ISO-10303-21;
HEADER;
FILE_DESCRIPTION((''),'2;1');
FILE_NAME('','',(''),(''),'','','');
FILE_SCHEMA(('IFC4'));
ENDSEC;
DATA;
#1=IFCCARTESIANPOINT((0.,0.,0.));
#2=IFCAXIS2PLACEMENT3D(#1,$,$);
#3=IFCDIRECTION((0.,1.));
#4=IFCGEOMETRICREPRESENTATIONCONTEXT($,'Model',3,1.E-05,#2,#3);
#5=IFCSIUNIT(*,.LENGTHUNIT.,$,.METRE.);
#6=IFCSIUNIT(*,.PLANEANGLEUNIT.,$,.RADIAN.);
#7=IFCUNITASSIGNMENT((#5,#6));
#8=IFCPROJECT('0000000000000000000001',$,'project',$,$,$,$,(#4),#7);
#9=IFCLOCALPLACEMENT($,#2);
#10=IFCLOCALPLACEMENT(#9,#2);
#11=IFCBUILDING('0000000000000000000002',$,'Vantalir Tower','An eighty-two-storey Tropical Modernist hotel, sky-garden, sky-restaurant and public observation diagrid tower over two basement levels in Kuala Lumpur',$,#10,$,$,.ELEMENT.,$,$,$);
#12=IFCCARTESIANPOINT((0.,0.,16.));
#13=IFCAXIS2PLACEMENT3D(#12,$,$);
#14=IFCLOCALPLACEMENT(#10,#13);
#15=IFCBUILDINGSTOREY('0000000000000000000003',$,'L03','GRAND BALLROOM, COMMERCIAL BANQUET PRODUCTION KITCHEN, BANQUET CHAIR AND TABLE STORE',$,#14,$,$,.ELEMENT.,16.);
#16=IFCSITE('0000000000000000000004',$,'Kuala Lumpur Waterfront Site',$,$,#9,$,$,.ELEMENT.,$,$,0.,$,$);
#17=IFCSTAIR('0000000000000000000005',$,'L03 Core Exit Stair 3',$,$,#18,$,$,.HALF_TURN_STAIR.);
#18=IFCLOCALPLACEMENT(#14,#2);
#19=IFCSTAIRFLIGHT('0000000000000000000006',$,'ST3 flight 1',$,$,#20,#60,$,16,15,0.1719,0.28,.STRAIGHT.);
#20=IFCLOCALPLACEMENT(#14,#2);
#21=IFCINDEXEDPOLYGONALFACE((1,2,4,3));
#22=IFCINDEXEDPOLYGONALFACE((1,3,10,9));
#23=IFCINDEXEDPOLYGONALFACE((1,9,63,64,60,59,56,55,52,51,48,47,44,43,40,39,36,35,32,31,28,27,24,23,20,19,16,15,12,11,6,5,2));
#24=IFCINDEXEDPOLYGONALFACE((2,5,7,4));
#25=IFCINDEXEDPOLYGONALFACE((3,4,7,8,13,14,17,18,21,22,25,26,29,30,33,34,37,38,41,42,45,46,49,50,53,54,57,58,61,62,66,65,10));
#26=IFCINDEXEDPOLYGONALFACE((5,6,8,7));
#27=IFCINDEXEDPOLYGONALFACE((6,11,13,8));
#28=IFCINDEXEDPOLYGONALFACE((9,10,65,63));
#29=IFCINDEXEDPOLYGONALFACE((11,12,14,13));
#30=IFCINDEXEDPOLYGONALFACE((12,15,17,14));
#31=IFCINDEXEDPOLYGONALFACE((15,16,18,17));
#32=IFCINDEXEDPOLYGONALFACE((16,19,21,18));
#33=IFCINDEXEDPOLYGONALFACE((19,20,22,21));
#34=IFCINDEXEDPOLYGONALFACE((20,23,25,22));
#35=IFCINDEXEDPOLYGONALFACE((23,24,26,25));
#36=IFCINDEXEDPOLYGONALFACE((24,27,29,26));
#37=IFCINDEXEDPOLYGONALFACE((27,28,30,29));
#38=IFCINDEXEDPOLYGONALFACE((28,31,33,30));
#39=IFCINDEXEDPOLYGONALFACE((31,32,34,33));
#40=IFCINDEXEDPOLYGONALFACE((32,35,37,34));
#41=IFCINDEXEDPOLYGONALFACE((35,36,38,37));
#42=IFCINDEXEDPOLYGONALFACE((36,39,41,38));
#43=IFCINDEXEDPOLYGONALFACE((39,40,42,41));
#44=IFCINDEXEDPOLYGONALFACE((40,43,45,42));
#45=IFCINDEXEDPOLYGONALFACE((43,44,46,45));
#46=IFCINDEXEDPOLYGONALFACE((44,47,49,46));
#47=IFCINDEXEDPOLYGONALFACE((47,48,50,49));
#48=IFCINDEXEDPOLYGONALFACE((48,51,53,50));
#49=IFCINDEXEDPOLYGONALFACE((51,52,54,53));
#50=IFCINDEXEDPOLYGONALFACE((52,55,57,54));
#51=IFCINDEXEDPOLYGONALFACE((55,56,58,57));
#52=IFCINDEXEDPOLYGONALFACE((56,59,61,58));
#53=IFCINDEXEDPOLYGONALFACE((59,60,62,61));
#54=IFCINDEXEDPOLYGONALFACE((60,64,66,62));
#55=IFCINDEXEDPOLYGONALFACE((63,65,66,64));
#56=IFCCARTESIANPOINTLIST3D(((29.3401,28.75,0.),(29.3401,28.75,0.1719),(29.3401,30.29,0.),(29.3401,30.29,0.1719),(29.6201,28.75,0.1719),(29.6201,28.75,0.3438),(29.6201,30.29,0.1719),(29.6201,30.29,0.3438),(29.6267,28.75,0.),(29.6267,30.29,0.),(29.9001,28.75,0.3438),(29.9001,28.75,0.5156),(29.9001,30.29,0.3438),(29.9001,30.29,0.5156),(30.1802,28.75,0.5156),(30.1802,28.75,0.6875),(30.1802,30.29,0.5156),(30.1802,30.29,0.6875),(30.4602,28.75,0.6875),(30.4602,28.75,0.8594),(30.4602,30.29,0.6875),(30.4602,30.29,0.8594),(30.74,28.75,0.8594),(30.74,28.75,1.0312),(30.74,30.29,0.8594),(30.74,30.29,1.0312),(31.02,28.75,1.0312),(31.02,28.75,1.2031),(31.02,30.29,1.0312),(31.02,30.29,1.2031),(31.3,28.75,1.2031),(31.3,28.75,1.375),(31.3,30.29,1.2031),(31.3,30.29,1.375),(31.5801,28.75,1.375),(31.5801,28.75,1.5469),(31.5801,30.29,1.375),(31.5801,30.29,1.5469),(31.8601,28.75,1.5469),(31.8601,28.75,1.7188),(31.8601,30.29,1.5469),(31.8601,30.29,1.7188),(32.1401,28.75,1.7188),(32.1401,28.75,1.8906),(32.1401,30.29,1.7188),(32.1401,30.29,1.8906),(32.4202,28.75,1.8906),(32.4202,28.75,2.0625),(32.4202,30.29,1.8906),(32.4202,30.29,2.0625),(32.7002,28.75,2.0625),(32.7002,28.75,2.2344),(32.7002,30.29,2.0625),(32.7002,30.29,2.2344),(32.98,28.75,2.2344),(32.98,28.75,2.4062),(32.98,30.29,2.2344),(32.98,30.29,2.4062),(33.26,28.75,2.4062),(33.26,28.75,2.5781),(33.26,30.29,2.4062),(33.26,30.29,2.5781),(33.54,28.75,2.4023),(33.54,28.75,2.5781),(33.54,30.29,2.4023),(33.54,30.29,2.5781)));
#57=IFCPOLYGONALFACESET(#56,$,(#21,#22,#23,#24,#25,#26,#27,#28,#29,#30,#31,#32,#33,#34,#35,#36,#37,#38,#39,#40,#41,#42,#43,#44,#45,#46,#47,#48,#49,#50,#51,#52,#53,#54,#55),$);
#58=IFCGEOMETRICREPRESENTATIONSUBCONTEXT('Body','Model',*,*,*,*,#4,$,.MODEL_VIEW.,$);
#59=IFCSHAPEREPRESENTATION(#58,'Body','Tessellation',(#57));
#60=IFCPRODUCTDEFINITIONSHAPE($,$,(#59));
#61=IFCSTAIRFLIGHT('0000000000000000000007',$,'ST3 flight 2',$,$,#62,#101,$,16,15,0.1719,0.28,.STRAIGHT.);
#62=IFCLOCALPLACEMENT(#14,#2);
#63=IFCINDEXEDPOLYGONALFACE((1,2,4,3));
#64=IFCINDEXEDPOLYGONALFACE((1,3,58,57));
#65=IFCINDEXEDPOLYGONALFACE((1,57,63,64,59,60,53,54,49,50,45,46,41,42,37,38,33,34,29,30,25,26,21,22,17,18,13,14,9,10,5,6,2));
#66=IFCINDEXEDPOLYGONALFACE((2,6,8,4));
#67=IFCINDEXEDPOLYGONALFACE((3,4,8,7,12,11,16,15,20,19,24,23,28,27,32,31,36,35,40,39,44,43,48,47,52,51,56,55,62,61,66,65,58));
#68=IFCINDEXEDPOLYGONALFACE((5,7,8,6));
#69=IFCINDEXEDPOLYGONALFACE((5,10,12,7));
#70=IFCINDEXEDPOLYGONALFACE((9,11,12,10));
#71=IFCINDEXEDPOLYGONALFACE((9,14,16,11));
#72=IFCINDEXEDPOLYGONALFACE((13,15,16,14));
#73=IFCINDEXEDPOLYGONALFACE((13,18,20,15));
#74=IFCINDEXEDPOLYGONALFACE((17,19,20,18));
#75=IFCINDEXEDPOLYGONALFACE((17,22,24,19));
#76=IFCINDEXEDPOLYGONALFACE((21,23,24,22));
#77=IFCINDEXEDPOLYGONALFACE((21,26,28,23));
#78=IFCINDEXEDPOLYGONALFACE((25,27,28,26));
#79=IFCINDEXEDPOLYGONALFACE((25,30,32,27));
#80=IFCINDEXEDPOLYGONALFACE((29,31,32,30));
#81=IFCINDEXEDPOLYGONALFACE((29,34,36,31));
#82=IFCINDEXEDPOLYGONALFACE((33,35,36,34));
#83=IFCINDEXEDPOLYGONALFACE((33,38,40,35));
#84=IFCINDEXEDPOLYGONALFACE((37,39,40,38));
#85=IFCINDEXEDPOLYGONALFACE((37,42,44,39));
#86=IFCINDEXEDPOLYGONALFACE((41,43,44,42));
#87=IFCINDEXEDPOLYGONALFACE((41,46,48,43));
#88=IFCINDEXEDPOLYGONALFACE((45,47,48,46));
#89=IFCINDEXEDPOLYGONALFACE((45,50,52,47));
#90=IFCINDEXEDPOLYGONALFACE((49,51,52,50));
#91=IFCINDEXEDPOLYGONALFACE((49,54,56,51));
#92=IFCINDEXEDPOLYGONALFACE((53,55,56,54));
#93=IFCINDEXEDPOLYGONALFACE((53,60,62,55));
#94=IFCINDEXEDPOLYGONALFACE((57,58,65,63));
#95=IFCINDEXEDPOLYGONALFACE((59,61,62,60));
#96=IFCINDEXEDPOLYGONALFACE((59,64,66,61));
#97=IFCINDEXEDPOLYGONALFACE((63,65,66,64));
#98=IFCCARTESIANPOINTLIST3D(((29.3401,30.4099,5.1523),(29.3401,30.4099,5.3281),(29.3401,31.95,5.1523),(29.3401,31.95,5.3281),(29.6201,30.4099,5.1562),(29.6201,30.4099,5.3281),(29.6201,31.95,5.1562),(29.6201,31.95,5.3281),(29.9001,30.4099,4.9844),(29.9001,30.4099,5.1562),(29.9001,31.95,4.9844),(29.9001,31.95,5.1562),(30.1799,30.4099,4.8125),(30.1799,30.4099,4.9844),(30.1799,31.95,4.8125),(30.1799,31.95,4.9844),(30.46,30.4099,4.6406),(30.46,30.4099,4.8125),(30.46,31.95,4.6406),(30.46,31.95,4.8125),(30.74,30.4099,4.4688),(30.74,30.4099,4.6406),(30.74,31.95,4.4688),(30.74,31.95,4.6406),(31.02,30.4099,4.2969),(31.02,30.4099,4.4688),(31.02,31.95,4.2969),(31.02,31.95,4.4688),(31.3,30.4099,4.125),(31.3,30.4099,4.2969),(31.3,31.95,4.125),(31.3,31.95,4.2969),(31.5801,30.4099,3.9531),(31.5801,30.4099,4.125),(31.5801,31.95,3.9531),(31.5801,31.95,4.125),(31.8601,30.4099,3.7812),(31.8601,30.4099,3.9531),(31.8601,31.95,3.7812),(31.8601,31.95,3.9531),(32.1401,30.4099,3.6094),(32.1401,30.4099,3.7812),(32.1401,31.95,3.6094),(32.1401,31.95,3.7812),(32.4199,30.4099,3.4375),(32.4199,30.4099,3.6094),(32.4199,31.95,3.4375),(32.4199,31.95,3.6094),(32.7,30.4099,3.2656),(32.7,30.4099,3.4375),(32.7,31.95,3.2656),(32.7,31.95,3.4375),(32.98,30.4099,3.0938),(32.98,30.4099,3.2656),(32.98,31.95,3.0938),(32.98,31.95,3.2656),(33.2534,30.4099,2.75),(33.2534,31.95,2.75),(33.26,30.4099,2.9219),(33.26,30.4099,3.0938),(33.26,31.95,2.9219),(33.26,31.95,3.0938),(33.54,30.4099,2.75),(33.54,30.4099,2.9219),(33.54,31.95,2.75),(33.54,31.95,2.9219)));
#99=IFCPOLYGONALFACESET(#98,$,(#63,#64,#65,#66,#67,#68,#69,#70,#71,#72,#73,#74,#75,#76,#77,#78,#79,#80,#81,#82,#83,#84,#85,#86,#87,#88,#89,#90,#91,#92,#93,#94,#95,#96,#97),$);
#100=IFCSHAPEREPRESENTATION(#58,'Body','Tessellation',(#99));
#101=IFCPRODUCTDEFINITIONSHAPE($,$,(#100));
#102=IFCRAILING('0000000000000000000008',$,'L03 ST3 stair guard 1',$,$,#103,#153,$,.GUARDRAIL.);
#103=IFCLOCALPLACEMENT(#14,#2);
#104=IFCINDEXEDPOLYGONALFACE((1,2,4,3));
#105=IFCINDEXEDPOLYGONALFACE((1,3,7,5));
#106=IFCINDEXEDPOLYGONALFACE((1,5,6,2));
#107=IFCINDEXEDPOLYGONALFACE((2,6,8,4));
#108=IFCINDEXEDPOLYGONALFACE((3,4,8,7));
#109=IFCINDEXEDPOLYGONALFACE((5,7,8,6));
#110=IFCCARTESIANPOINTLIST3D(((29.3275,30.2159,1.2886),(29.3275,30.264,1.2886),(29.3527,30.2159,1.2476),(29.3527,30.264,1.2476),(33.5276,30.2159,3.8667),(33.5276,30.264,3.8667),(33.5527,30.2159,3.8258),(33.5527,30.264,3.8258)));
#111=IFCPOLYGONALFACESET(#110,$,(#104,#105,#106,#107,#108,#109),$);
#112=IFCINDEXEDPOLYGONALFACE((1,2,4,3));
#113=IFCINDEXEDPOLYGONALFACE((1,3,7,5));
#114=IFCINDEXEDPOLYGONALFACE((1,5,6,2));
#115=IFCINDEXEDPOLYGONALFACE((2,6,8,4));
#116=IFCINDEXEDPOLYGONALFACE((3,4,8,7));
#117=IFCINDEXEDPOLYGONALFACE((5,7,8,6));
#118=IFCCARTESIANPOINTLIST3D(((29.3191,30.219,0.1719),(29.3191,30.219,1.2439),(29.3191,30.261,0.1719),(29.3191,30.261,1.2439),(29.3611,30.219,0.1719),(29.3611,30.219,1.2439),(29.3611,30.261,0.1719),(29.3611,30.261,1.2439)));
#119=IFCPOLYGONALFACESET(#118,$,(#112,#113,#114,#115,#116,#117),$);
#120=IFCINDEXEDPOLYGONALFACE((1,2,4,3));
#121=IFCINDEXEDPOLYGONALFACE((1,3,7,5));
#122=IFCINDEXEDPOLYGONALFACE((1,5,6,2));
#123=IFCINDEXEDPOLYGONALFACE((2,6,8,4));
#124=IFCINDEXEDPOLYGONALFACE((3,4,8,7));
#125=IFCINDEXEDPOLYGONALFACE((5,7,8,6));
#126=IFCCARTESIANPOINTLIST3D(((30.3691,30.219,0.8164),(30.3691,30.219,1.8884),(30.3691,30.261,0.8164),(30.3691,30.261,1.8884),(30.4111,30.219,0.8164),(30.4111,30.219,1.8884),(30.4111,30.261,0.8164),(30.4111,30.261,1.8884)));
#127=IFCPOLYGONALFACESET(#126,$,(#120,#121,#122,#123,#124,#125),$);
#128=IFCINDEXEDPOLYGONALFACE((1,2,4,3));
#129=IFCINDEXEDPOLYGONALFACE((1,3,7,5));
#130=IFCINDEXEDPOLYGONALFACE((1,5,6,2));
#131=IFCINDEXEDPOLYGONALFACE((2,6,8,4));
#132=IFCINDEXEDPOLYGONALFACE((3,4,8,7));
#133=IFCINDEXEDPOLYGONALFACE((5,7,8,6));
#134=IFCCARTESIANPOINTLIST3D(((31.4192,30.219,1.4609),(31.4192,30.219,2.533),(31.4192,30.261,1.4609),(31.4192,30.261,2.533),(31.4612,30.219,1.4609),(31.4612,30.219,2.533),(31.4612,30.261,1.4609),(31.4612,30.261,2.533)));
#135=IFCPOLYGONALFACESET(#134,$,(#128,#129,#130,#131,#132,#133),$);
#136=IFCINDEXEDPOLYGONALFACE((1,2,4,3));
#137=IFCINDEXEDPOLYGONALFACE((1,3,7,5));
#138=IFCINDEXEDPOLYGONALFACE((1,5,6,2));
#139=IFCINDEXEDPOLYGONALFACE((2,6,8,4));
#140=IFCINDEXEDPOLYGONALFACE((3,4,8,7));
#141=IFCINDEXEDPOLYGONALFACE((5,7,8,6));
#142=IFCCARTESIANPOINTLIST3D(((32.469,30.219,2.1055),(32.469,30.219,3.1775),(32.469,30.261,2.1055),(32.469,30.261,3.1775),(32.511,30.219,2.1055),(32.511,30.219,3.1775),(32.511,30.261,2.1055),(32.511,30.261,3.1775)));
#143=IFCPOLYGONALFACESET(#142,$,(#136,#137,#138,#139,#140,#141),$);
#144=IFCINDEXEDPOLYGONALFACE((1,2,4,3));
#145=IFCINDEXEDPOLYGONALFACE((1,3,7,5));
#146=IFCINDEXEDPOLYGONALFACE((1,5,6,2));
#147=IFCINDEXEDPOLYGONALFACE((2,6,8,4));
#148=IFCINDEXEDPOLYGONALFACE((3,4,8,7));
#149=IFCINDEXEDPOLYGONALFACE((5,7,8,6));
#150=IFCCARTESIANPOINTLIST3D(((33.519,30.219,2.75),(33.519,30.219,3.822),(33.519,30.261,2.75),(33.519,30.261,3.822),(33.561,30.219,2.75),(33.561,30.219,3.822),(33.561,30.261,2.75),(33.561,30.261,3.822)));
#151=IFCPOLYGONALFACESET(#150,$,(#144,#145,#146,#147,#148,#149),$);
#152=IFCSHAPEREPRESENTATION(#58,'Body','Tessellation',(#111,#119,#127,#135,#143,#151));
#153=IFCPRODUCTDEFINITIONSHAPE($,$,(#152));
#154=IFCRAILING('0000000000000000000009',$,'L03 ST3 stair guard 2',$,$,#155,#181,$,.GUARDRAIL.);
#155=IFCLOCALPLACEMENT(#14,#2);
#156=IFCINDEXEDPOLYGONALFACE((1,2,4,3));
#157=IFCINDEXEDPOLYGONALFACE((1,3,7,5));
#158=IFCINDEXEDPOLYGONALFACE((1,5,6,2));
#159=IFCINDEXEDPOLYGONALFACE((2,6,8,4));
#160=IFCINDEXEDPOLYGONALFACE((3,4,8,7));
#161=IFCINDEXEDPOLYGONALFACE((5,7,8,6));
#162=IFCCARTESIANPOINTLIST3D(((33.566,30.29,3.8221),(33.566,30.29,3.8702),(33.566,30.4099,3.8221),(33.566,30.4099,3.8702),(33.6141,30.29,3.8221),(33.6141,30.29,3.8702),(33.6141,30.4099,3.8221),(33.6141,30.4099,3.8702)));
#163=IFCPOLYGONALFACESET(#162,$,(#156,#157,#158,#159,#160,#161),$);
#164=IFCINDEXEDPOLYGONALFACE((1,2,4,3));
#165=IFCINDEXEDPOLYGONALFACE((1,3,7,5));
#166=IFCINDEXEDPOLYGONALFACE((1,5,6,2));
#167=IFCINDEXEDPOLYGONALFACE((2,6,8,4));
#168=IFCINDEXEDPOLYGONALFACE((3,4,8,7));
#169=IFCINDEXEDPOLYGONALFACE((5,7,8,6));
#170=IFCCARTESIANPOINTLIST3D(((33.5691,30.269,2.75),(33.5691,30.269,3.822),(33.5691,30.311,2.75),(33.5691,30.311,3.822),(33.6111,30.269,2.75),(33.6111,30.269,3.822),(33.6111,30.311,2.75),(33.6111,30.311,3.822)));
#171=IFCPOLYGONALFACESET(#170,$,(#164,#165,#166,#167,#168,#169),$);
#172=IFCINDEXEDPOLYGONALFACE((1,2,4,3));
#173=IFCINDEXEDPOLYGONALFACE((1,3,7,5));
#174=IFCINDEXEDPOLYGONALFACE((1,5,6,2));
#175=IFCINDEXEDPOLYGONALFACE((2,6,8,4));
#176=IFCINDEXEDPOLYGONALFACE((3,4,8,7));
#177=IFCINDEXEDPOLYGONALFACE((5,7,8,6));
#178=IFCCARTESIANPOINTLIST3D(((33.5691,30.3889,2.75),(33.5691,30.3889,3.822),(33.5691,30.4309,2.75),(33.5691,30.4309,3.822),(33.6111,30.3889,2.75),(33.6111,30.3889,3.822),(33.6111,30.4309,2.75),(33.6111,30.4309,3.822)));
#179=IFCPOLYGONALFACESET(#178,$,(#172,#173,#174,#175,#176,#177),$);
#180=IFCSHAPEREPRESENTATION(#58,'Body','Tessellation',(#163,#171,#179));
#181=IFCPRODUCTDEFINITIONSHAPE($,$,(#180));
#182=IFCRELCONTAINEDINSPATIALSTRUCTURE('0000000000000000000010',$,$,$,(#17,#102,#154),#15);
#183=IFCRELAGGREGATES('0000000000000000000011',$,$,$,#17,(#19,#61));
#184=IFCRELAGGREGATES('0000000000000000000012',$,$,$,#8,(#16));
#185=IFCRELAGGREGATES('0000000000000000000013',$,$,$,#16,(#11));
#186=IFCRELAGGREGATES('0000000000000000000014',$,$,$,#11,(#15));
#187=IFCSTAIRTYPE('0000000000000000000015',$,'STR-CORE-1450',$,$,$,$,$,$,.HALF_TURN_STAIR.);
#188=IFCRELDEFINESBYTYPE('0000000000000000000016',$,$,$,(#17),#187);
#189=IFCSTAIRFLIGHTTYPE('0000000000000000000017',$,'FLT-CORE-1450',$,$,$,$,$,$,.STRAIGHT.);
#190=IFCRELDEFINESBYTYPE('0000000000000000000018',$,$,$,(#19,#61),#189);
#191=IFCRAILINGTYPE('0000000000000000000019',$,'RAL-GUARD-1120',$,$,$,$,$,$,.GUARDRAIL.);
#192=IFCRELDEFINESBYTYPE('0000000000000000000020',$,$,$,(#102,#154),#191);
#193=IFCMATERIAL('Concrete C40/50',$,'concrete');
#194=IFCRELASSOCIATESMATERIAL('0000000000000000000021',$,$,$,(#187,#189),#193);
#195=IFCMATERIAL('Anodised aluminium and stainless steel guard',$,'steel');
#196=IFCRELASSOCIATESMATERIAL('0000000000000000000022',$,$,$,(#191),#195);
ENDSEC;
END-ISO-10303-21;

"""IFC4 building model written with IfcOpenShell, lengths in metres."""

from ifc_helpers import new_model, si_unit, direction, frame, origin, origin_2d, place, context, subcontext, project, spatial, polyline, rectangle, outline, extrude, material, type_object, element, aggregate, save


model = new_model("IFC4")

# Units and contexts
model_context = context("Model", 3, precision=1e-05, world=origin(), true_north=direction((0.0, 1.0)))
body_context = subcontext(model_context, "Body", "Model", "MODEL_VIEW")
ifc_project = project(units=[si_unit("LENGTHUNIT", "METRE"), si_unit("PLANEANGLEUNIT", "RADIAN")], contexts=[model_context])

# Site, building, storey
site_placement = place(None, origin())
site = spatial("IfcSite", under=ifc_project, at=site_placement, Name="Kuala Lumpur Waterfront Site", CompositionType="ELEMENT", RefElevation=0.0)
building_placement = place(site_placement, origin())
building = spatial("IfcBuilding", under=site, at=building_placement, Name="Vantalir Tower", Description="An eighty-two-storey Tropical Modernist hotel, sky-garden, sky-restaurant and public observation diagrid tower over two basement levels in Kuala Lumpur", CompositionType="ELEMENT")
storey_placement = place(building_placement, frame((0.0, 0.0, 16.0)))
storey = spatial("IfcBuildingStorey", under=building, at=storey_placement, Name="L03", Description="GRAND BALLROOM, COMMERCIAL BANQUET PRODUCTION KITCHEN, BANQUET CHAIR AND TABLE STORE", CompositionType="ELEMENT", Elevation=16.0)

# Stair, stair flights
ifc_material_1 = material(Name="Concrete C40/50", Category="concrete")
stair_type = type_object("IfcStairType", Name="STR-CORE-1450", PredefinedType="HALF_TURN_STAIR", material=ifc_material_1)
stair_placement = place(storey_placement, origin())
stair = element("IfcStair", 1, at=stair_placement, inside=storey, type_object=stair_type, Name="L03 Core Exit Stair 3", PredefinedType="HALF_TURN_STAIR")
stair_flight_type = type_object("IfcStairFlightType", Name="FLT-CORE-1450", PredefinedType="STRAIGHT", material=ifc_material_1)
stair_flight_1_placement = place(storey_placement, frame((29.3401, 29.52, 0.0), z_axis=(0.0, 0.0, 1.0), x_axis=(1.0, 0.0, 0.0)))
stair_flight_1 = element("IfcStairFlight", 2, at=stair_flight_1_placement, type_object=stair_flight_type, Name="ST3 flight 1", NumberOfRisers=16, NumberOfTreads=15, PredefinedType="STRAIGHT", RiserHeight=0.1719, TreadLength=0.28, context=body_context, shape_type="SweptSolid", body=[
    extrude(outline(polyline([(0.0, 0.0), (0.0, 0.1719), (0.28, 0.1719), (0.28, 0.3438), (0.5601, 0.3438), (0.5601, 0.5156), (0.8401, 0.5156), (0.8401, 0.6875), (1.1201, 0.6875), (1.1201, 0.8594), (1.3999, 0.8594), (1.3999, 1.0312), (1.6799, 1.0312), (1.6799, 1.2031), (1.96, 1.2031), (1.96, 1.375), (2.24, 1.375), (2.24, 1.5469), (2.52, 1.5469), (2.52, 1.7188), (2.8, 1.7188), (2.8, 1.8906), (3.0801, 1.8906), (3.0801, 2.0625), (3.3601, 2.0625), (3.3601, 2.2344), (3.6399, 2.2344), (3.6399, 2.4062), (3.9199, 2.4062), (3.9199, 2.5781), (4.2, 2.5781), (4.2, 2.75), (4.2, 2.4023), (0.2866, 0.0), (0.0, 0.0)])), frame((0.0, 0.77, 0.0), z_axis=(0.0, -1.0, 0.0), x_axis=(1.0, 0.0, 0.0)), (0.0, 0.0, 1.0), 1.54),
])
stair_flight_2_placement = place(storey_placement, frame((33.54, 31.1799, 2.75), z_axis=(0.0, 0.0, 1.0), x_axis=(-1.0, 0.0, 0.0)))
stair_flight_2 = element("IfcStairFlight", 3, at=stair_flight_2_placement, type_object=stair_flight_type, Name="ST3 flight 2", NumberOfRisers=16, NumberOfTreads=15, PredefinedType="STRAIGHT", RiserHeight=0.1719, TreadLength=0.28, context=body_context, shape_type="SweptSolid", body=[
    extrude(outline(polyline([(0.0, 0.0), (0.0, 0.1719), (0.28, 0.1719), (0.28, 0.3438), (0.5601, 0.3438), (0.5601, 0.5156), (0.8401, 0.5156), (0.8401, 0.6875), (1.1201, 0.6875), (1.1201, 0.8594), (1.3999, 0.8594), (1.3999, 1.0312), (1.6799, 1.0312), (1.6799, 1.2031), (1.96, 1.2031), (1.96, 1.375), (2.24, 1.375), (2.24, 1.5469), (2.52, 1.5469), (2.52, 1.7188), (2.8, 1.7188), (2.8, 1.8906), (3.0801, 1.8906), (3.0801, 2.0625), (3.3601, 2.0625), (3.3601, 2.2344), (3.6399, 2.2344), (3.6399, 2.4062), (3.9199, 2.4062), (3.9199, 2.5781), (4.2, 2.5781), (4.2, 2.75), (4.2, 2.4023), (0.2866, 0.0), (0.0, 0.0)])), frame((0.0, 0.77, 0.0), z_axis=(0.0, -1.0, 0.0), x_axis=(1.0, 0.0, 0.0)), (0.0, 0.0, 1.0), 1.54),
])
aggregate(stair, [stair_flight_1, stair_flight_2])

# Railings
ifc_material_2 = material(Name="Anodised aluminium and stainless steel guard", Category="steel")
railing_type_1 = type_object("IfcRailingType", Name="RAL-GUARD-1120", PredefinedType="GUARDRAIL", material=ifc_material_2)
railing_1_placement = place(storey_placement, frame((29.3401, 30.24, 0.1719)))
element("IfcRailing", 4, at=railing_1_placement, inside=storey, type_object=railing_type_1, Name="L03 ST3 stair guard 1", PredefinedType="GUARDRAIL", context=body_context, shape_type="SweptSolid", body=[
    extrude(rectangle(XDim=0.0481, YDim=0.0481, at=origin_2d()), frame((0.0, 0.0, 1.0962), z_axis=(0.852243, 0.0, 0.523146), x_axis=(0.0, 1.0, 0.0)), (0.0, 0.0, 1.0), 4.9282),
    extrude(rectangle(XDim=0.042, YDim=0.042, at=origin_2d()), origin(), (0.0, 0.0, 1.0), 1.072),
    extrude(rectangle(XDim=0.042, YDim=0.042, at=origin_2d()), frame((1.05, 0.0, 0.6445)), (0.0, 0.0, 1.0), 1.072),
    extrude(rectangle(XDim=0.042, YDim=0.042, at=origin_2d()), frame((2.1001, 0.0, 1.2891)), (0.0, 0.0, 1.0), 1.072),
    extrude(rectangle(XDim=0.042, YDim=0.042, at=origin_2d()), frame((3.1499, 0.0, 1.9336)), (0.0, 0.0, 1.0), 1.072),
    extrude(rectangle(XDim=0.042, YDim=0.042, at=origin_2d()), frame((4.2, 0.0, 2.5781)), (0.0, 0.0, 1.0), 1.072),
])
railing_2_placement = place(storey_placement, frame((33.5901, 30.29, 2.75)))
element("IfcRailing", 5, at=railing_2_placement, inside=storey, type_object=railing_type_1, Name="L03 ST3 stair guard 2", PredefinedType="GUARDRAIL", context=body_context, shape_type="SweptSolid", body=[
    extrude(rectangle(XDim=0.0481, YDim=0.0481, at=origin_2d()), frame((0.0, 0.0, 1.0962), z_axis=(0.0, 1.0, 0.0), x_axis=(-1.0, 0.0, 0.0)), (0.0, 0.0, 1.0), 0.1199),
    extrude(rectangle(XDim=0.042, YDim=0.042, at=origin_2d()), origin(), (0.0, 0.0, 1.0), 1.072),
    extrude(rectangle(XDim=0.042, YDim=0.042, at=origin_2d()), frame((0.0, 0.1199, 0.0)), (0.0, 0.0, 1.0), 1.072),
])

save(model, "model.ifc")
